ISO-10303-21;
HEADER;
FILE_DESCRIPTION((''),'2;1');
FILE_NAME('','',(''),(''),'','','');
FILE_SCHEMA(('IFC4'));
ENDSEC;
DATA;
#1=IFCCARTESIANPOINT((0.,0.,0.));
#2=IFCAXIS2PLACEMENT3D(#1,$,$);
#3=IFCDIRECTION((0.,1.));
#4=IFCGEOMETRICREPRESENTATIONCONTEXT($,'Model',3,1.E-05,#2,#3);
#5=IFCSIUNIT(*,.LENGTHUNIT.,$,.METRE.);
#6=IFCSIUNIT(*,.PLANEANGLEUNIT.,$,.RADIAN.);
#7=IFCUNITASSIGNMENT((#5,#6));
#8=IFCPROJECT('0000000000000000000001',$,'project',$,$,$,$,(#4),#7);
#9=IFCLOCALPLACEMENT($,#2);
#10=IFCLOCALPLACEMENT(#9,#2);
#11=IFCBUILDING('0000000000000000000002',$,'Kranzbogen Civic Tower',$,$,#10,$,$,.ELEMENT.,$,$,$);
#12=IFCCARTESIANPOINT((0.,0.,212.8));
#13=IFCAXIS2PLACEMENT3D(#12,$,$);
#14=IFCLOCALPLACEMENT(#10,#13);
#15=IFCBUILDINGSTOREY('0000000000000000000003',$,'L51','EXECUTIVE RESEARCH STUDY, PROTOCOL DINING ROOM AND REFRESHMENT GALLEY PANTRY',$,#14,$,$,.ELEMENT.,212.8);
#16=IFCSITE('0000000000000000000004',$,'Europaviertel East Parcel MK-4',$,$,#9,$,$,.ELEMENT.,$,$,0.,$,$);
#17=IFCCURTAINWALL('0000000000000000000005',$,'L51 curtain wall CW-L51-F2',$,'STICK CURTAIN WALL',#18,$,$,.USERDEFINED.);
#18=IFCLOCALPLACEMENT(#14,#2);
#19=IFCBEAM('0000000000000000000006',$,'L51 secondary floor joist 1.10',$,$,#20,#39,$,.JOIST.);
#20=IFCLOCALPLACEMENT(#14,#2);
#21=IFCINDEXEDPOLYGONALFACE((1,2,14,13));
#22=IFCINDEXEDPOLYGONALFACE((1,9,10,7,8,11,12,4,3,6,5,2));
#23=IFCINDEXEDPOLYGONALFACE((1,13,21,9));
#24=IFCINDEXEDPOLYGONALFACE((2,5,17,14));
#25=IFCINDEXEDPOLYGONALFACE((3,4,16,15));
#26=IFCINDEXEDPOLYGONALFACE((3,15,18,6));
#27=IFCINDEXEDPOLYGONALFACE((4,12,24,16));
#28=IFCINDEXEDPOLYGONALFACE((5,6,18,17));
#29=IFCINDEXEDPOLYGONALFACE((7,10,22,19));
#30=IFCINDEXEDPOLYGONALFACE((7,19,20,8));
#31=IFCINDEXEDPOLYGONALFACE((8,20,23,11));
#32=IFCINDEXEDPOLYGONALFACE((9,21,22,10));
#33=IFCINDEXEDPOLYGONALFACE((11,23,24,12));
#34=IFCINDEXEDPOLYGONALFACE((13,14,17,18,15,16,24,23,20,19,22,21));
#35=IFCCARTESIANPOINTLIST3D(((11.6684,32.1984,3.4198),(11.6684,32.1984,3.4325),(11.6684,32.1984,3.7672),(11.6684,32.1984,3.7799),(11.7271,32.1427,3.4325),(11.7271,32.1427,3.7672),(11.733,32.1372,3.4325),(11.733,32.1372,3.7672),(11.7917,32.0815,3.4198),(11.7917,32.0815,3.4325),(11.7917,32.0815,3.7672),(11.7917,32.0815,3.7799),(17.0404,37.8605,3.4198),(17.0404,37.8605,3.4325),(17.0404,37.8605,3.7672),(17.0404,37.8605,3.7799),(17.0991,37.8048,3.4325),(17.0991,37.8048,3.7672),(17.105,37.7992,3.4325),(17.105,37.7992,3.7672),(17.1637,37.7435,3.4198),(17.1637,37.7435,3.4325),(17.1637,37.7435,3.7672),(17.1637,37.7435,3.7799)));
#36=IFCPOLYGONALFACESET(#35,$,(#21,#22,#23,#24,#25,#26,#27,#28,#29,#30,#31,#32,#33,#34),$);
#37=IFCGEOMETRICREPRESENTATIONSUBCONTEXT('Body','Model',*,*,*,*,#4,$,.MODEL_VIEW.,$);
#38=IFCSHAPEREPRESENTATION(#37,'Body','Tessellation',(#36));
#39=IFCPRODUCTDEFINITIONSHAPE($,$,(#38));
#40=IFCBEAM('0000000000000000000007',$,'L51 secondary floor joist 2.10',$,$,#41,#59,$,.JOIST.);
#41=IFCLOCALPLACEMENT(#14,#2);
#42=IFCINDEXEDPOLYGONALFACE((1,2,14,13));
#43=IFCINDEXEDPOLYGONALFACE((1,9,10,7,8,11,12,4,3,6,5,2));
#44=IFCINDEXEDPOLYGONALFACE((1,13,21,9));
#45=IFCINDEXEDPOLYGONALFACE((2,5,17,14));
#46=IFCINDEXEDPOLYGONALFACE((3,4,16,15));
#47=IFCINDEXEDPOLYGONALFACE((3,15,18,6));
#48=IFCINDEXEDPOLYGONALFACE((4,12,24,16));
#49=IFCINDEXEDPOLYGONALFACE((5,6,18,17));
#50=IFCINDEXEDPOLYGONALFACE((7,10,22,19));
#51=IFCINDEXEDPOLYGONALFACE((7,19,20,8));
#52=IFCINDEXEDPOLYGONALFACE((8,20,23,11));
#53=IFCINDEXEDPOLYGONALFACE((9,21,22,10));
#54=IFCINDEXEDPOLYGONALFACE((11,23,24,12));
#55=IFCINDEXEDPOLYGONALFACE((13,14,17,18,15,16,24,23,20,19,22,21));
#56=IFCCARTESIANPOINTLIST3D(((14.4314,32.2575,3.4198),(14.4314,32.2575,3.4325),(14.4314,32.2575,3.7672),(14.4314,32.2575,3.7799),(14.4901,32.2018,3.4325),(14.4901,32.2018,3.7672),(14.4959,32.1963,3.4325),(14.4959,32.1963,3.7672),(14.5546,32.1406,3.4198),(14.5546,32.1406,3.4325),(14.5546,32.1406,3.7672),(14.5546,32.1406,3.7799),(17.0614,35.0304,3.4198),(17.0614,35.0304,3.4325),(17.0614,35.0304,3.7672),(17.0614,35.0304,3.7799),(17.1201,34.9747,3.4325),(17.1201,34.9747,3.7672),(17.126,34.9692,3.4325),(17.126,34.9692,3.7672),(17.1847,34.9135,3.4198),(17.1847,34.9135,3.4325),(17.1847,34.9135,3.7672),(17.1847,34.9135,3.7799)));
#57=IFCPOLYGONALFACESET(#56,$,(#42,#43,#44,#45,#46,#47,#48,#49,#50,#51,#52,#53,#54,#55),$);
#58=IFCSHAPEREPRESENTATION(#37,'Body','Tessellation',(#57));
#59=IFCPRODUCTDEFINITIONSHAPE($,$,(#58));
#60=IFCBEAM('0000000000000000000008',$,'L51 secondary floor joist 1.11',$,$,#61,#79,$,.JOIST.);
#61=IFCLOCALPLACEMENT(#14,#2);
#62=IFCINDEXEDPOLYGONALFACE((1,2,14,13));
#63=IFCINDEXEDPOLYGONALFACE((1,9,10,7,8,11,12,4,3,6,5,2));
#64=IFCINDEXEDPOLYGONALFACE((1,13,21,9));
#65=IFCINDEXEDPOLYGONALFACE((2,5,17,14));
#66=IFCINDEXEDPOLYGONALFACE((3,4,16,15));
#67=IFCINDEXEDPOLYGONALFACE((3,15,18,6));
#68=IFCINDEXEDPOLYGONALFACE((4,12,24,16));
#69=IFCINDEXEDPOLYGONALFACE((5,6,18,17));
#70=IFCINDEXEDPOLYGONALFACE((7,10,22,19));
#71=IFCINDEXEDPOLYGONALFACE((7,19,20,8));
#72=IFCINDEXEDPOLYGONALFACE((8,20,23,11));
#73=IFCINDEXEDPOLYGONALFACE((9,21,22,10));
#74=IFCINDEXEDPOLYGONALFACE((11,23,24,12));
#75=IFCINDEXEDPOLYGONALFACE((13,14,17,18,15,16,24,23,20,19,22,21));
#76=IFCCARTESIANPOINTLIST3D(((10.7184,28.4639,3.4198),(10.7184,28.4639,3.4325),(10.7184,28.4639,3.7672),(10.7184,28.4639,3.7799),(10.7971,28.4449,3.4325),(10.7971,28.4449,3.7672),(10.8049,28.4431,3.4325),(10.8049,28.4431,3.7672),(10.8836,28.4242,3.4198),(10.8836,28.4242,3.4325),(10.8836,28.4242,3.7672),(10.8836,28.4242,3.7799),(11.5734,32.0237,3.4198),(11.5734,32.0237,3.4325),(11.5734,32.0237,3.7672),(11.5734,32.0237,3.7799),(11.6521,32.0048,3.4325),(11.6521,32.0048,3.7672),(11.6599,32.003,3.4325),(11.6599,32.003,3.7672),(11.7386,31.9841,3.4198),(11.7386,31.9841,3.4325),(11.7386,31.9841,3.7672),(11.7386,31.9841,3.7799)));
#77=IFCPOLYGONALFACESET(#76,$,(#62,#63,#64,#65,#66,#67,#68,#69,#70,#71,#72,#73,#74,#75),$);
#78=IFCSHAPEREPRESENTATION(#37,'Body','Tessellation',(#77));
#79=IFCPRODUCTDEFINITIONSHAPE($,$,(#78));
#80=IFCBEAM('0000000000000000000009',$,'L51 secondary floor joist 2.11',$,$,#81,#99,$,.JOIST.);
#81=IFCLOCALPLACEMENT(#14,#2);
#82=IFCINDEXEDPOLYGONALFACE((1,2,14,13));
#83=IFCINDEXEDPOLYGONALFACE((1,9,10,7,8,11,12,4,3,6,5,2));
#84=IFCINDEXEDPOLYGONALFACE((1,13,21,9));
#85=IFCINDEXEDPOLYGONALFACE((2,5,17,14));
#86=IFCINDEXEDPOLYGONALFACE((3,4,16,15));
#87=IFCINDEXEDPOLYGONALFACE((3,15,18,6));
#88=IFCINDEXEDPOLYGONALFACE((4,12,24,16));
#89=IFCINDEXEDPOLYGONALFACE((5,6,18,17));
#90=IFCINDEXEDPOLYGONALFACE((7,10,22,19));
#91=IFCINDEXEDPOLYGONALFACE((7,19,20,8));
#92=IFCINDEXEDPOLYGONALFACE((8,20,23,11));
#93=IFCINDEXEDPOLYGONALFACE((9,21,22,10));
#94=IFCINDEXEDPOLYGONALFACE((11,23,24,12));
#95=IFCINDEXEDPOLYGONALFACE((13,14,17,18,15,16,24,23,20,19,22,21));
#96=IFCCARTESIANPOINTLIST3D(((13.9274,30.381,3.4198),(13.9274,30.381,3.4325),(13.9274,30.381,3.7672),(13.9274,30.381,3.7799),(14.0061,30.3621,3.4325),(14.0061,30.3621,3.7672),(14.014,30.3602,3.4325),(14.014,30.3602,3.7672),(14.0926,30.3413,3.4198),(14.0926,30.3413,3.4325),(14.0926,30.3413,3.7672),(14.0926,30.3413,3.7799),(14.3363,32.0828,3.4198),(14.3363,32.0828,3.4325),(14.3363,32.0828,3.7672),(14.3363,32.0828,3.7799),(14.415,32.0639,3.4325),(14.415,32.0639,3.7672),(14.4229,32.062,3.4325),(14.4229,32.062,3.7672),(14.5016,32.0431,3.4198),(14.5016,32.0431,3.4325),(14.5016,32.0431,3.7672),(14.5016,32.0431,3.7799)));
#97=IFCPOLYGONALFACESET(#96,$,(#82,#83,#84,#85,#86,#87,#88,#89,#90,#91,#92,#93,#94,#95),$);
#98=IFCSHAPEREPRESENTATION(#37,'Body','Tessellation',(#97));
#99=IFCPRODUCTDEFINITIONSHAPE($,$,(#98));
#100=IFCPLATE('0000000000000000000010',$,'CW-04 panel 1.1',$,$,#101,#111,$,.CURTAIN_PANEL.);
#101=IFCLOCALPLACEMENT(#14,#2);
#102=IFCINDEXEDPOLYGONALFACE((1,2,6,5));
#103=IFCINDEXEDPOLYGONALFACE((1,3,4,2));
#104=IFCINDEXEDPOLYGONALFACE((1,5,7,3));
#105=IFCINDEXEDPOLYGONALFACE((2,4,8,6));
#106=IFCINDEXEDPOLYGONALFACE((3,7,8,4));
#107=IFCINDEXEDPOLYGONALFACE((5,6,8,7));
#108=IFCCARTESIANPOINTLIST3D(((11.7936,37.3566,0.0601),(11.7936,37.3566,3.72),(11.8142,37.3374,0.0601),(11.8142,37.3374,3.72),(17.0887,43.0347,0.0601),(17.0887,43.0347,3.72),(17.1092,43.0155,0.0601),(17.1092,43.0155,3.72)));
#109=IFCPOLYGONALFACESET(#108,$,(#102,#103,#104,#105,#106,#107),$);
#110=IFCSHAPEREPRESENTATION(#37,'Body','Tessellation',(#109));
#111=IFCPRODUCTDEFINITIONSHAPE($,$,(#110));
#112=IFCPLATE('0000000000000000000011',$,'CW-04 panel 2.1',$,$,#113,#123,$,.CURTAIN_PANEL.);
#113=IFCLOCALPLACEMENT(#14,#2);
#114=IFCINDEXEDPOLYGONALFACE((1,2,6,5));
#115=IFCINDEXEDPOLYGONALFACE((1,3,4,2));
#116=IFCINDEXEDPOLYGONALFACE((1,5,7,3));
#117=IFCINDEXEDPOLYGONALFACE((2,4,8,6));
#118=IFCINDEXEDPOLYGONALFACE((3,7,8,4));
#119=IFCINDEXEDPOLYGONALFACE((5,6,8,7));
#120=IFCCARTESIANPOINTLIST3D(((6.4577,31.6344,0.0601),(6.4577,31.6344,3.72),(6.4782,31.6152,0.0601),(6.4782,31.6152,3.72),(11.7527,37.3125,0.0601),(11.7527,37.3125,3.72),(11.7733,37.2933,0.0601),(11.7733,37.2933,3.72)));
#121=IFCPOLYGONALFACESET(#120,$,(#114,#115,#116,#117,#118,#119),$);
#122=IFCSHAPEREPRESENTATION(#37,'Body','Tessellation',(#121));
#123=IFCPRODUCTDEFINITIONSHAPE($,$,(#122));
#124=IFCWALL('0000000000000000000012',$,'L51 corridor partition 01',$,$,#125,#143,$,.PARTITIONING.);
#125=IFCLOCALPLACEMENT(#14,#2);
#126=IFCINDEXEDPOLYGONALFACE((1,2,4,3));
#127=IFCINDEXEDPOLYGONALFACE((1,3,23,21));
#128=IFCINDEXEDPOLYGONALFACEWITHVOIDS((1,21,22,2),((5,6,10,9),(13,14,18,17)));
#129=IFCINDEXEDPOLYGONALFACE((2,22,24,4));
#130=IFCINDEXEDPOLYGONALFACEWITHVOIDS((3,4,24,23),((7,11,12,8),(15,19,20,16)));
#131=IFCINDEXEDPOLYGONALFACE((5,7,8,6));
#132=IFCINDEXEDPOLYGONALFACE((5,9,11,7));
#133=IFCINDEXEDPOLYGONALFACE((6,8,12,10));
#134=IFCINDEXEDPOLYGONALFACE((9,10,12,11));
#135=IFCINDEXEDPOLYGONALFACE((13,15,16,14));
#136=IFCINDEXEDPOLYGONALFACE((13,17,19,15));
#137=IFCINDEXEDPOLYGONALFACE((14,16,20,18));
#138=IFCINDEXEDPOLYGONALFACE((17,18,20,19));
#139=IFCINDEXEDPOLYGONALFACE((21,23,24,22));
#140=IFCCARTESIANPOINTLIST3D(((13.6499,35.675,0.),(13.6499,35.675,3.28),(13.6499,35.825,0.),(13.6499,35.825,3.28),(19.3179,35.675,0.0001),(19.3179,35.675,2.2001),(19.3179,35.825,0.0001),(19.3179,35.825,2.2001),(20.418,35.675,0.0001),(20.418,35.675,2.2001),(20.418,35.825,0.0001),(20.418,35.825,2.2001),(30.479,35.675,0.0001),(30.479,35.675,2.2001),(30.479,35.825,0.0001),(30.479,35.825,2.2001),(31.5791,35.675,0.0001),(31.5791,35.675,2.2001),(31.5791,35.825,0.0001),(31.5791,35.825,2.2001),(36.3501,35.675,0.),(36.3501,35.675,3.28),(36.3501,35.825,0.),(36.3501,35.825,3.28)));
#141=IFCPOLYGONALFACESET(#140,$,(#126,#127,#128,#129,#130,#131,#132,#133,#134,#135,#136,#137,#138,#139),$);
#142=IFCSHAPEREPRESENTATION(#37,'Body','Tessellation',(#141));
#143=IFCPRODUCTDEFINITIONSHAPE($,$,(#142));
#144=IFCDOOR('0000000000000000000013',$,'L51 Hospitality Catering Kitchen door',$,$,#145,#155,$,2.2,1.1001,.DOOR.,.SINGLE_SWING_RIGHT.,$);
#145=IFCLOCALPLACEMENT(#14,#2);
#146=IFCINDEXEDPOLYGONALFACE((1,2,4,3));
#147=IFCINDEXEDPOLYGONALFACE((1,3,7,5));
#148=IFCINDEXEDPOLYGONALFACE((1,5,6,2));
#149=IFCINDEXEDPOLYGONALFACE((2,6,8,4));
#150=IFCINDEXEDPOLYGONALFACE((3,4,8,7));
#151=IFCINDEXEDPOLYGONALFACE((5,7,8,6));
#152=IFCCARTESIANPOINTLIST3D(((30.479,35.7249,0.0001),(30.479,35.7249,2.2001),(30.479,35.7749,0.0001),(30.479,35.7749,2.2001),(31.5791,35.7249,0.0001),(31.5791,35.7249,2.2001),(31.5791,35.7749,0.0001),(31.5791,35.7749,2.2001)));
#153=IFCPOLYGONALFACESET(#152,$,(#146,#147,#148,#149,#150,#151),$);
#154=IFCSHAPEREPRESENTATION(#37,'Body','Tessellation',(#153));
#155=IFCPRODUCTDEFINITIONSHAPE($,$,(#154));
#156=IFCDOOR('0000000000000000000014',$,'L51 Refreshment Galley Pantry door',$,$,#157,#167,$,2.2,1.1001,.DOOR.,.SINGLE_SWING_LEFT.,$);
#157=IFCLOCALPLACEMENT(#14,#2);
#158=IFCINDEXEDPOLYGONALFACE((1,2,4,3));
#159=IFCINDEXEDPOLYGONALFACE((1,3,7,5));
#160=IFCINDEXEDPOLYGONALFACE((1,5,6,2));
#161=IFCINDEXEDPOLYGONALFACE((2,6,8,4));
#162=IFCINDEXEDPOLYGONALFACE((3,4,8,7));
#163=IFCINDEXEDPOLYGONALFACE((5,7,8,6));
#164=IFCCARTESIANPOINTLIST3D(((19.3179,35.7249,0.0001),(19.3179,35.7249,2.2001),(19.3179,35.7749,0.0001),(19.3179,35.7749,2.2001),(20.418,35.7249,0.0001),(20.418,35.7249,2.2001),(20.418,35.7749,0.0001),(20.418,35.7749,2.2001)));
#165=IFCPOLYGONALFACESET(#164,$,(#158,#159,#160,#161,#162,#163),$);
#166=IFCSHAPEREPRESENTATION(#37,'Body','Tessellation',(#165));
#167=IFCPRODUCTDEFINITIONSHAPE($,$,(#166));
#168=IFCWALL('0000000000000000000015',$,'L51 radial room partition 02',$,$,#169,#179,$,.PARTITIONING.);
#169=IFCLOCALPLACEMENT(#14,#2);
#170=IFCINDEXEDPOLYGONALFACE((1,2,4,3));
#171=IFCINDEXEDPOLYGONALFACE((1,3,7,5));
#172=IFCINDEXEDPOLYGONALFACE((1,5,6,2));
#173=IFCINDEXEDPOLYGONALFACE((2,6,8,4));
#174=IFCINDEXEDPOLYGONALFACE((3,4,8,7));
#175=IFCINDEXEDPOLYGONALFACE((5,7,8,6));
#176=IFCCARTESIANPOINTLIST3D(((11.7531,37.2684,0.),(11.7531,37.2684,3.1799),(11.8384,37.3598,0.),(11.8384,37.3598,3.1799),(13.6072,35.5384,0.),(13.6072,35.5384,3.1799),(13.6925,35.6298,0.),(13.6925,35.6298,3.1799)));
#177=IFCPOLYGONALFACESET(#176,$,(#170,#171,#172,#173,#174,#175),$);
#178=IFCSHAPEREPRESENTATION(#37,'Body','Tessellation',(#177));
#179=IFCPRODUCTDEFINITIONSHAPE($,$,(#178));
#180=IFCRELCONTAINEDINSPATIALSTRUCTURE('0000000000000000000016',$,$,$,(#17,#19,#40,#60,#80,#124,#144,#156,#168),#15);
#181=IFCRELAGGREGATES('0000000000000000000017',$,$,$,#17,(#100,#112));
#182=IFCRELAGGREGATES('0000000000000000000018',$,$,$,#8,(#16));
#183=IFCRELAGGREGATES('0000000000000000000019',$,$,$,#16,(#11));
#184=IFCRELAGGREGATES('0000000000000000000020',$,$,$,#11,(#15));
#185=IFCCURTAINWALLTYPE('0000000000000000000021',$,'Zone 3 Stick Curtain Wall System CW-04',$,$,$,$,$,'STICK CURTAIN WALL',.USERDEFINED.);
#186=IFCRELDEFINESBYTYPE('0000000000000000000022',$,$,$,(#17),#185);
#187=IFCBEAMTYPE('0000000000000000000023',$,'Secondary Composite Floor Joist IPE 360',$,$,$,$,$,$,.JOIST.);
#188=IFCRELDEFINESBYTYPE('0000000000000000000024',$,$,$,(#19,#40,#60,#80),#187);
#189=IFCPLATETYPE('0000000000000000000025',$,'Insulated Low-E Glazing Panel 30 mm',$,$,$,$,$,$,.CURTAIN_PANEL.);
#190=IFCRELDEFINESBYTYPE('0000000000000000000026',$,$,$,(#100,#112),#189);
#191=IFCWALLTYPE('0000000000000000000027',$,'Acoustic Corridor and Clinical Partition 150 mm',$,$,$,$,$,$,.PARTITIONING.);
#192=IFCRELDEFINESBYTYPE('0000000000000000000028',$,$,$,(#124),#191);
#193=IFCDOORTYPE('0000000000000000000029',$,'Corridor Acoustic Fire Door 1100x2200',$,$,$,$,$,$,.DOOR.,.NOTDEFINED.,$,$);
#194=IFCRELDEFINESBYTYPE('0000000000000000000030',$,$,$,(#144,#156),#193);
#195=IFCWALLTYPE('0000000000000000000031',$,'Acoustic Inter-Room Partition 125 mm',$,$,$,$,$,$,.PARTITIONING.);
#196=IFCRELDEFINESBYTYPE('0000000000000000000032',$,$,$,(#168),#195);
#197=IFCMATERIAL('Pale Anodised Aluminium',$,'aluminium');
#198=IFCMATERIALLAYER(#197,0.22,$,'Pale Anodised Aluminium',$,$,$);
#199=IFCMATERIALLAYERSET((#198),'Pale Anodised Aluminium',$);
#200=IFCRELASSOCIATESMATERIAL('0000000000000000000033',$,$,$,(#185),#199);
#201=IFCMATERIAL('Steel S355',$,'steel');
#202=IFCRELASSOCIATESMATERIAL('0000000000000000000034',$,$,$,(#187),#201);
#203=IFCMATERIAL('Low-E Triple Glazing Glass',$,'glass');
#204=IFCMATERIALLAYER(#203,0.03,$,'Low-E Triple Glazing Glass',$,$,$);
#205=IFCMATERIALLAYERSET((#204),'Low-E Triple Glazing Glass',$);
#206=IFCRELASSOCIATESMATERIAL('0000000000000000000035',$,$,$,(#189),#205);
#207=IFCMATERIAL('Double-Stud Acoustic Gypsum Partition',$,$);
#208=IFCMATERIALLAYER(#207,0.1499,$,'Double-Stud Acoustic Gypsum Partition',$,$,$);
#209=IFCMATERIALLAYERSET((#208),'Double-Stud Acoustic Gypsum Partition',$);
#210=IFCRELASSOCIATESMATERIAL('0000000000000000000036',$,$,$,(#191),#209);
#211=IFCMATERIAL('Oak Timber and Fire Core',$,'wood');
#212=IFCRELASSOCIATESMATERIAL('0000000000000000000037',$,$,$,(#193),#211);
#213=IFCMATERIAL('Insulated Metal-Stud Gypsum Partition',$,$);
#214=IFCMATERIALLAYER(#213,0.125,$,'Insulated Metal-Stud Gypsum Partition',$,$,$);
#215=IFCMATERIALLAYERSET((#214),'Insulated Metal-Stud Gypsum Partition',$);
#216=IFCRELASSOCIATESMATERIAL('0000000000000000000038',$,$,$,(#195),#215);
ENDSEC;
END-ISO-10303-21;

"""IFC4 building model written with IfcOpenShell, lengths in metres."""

from ifc_helpers import new_model, si_unit, direction, frame, frame_2d, origin, origin_2d, place, context, subcontext, project, spatial, rectangle, i_section, extrude, material, layer, layer_set, material_profile, profile_set, type_object, element, fill, aggregate, save


model = new_model("IFC4")

# Units and contexts
model_context = context("Model", 3, precision=1e-05, world=origin(), true_north=direction((0.0, 1.0)))
body_context = subcontext(model_context, "Body", "Model", "MODEL_VIEW")
ifc_project = project(units=[si_unit("LENGTHUNIT", "METRE"), si_unit("PLANEANGLEUNIT", "RADIAN")], contexts=[model_context])

# Site, building, storey
site_placement = place(None, origin())
site = spatial("IfcSite", under=ifc_project, at=site_placement, Name="Europaviertel East Parcel MK-4", CompositionType="ELEMENT", RefElevation=0.0)
building_placement = place(site_placement, origin())
building = spatial("IfcBuilding", under=site, at=building_placement, Name="Kranzbogen Civic Tower", CompositionType="ELEMENT")
storey_placement = place(building_placement, frame((0.0, 0.0, 212.8)))
storey = spatial("IfcBuildingStorey", under=building, at=storey_placement, Name="L51", Description="EXECUTIVE RESEARCH STUDY, PROTOCOL DINING ROOM AND REFRESHMENT GALLEY PANTRY", CompositionType="ELEMENT", Elevation=212.8)

# Shared definitions
ifc_material_1 = material(Name="Steel S355", Category="steel")

# Shared definitions
ifc_material_2 = material(Name="Pale Anodised Aluminium", Category="aluminium")
ifc_layer_1 = layer(ifc_material_2, 0.22, Name="Pale Anodised Aluminium")
ifc_layer_set_1 = layer_set([ifc_layer_1], Name="Pale Anodised Aluminium")
curtain_wall_type = type_object("IfcCurtainWallType", Name="Zone 3 Stick Curtain Wall System CW-04", ElementType="STICK CURTAIN WALL", PredefinedType="USERDEFINED", material=ifc_layer_set_1)

# Curtain wall
curtain_wall_1_placement = place(storey_placement, origin())
curtain_wall_1 = element("IfcCurtainWall", 1, at=curtain_wall_1_placement, inside=storey, type_object=curtain_wall_type, Name="L51 curtain wall CW-L51-F2", ObjectType="STICK CURTAIN WALL", PredefinedType="USERDEFINED")

# Beams
ifc_material_profile_1 = material_profile(ifc_material_1, i_section(OverallWidth=0.1699, OverallDepth=0.3601, WebThickness=0.0081, FlangeThickness=0.0127, at=origin_2d()), Name="IPE 360")
ifc_profile_set_1 = profile_set([ifc_material_profile_1], Name="Steel S355")
beam_type_1 = type_object("IfcBeamType", Name="Secondary Composite Floor Joist IPE 360", PredefinedType="JOIST", material=ifc_profile_set_1)
beam_1_placement = place(storey_placement, frame((17.1021, 37.802, 3.5999), z_axis=(-0.688282, -0.725443, 0.0), x_axis=(0.725443, -0.688282, 0.0)))
element("IfcBeam", 2, at=beam_1_placement, inside=storey, type_object=beam_type_1, Name="L51 secondary floor joist 1.10", PredefinedType="JOIST", context=body_context, shape_type="SweptSolid", body=[
    extrude(i_section(OverallWidth=0.1699, OverallDepth=0.3601, WebThickness=0.0081, FlangeThickness=0.0127, at=origin_2d()), origin(), (0.0, 0.0, 1.0), 7.8049),
])
beam_2_placement = place(storey_placement, frame((17.123, 34.9719, 3.5999), z_axis=(-0.688175, -0.725545, 0.0), x_axis=(0.725545, -0.688175, 0.0)))
element("IfcBeam", 3, at=beam_2_placement, inside=storey, type_object=beam_type_1, Name="L51 secondary floor joist 2.10", PredefinedType="JOIST", context=body_context, shape_type="SweptSolid", body=[
    extrude(i_section(OverallWidth=0.1699, OverallDepth=0.3601, WebThickness=0.0081, FlangeThickness=0.0127, at=origin_2d()), origin(), (0.0, 0.0, 1.0), 3.8218),
])
beam_3_placement = place(storey_placement, frame((11.656, 32.0039, 3.5999), z_axis=(-0.233534, -0.972349, 0.0), x_axis=(0.972349, -0.233534, 0.0)))
element("IfcBeam", 4, at=beam_3_placement, inside=storey, type_object=beam_type_1, Name="L51 secondary floor joist 1.11", PredefinedType="JOIST", context=body_context, shape_type="SweptSolid", body=[
    extrude(i_section(OverallWidth=0.1699, OverallDepth=0.3601, WebThickness=0.0081, FlangeThickness=0.0127, at=origin_2d()), origin(), (0.0, 0.0, 1.0), 3.6611),
])
beam_4_placement = place(storey_placement, frame((14.4189, 32.063, 3.5999), z_axis=(-0.233631, -0.972325, 0.0), x_axis=(0.972325, -0.233631, 0.0)))
element("IfcBeam", 5, at=beam_4_placement, inside=storey, type_object=beam_type_1, Name="L51 secondary floor joist 2.11", PredefinedType="JOIST", context=body_context, shape_type="SweptSolid", body=[
    extrude(i_section(OverallWidth=0.1699, OverallDepth=0.3601, WebThickness=0.0081, FlangeThickness=0.0127, at=origin_2d()), origin(), (0.0, 0.0, 1.0), 1.7502),
])

# Plates
ifc_material_3 = material(Name="Low-E Triple Glazing Glass", Category="glass")
ifc_layer_2 = layer(ifc_material_3, 0.03, Name="Low-E Triple Glazing Glass")
ifc_layer_set_2 = layer_set([ifc_layer_2], Name="Low-E Triple Glazing Glass")
plate_type = type_object("IfcPlateType", Name="Insulated Low-E Glazing Panel 30 mm", PredefinedType="CURTAIN_PANEL", material=ifc_layer_set_2)
plate_1_placement = place(storey_placement, frame((14.4514, 40.186, 0.0601), z_axis=(0.0, 0.0, 1.0), x_axis=(-0.682007, -0.731345, 0.0)))
plate_1 = element("IfcPlate", 6, at=plate_1_placement, type_object=plate_type, Name="CW-04 panel 1.1", PredefinedType="CURTAIN_PANEL", context=body_context, shape_type="SweptSolid", body=[
    extrude(rectangle(XDim=7.7639, YDim=0.0281, at=origin_2d()), origin(), (0.0, 0.0, 1.0), 3.6599),
])
plate_2_placement = place(storey_placement, frame((9.1155, 34.4639, 0.0601), z_axis=(0.0, 0.0, 1.0), x_axis=(-0.682007, -0.731345, 0.0)))
plate_2 = element("IfcPlate", 7, at=plate_2_placement, type_object=plate_type, Name="CW-04 panel 2.1", PredefinedType="CURTAIN_PANEL", context=body_context, shape_type="SweptSolid", body=[
    extrude(rectangle(XDim=7.7639, YDim=0.0281, at=origin_2d()), origin(), (0.0, 0.0, 1.0), 3.6599),
])
aggregate(curtain_wall_1, [plate_1, plate_2])

# Wall, openings, doors
ifc_material_4 = material(Name="Double-Stud Acoustic Gypsum Partition")
ifc_layer_3 = layer(ifc_material_4, 0.1499, Name="Double-Stud Acoustic Gypsum Partition")
ifc_layer_set_3 = layer_set([ifc_layer_3], Name="Double-Stud Acoustic Gypsum Partition")
wall_type_1 = type_object("IfcWallType", Name="Acoustic Corridor and Clinical Partition 150 mm", PredefinedType="PARTITIONING", material=ifc_layer_set_3)
wall_1_placement = place(storey_placement, frame((13.6499, 35.75, 0.0), z_axis=(0.0, 0.0, 1.0), x_axis=(1.0, 0.0, 0.0)))
wall_1 = element("IfcWall", 8, at=wall_1_placement, inside=storey, type_object=wall_type_1, Name="L51 corridor partition 01", PredefinedType="PARTITIONING", context=body_context, shape_type="SweptSolid", body=[
    extrude(rectangle(XDim=22.7002, YDim=0.1499, at=frame_2d((11.3501, 0.0))), origin(), (0.0, 0.0, 1.0), 3.28),
])
opening_1_placement = place(wall_1_placement, frame((16.8291, 0.0, 0.0)))
opening_1 = element("IfcOpeningElement", 9, at=opening_1_placement, cuts=wall_1, PredefinedType="OPENING", context=body_context, shape_type="SweptSolid", body=[
    extrude(rectangle(XDim=1.1001, YDim=2.2, at=frame_2d((0.55, 1.1001))), frame((0.0, 0.085, 0.0), z_axis=(0.0, -1.0, 0.0), x_axis=(1.0, 0.0, 0.0)), (0.0, 0.0, 1.0), 0.1699),
])
opening_2_placement = place(wall_1_placement, frame((5.668, 0.0, 0.0)))
opening_2 = element("IfcOpeningElement", 10, at=opening_2_placement, cuts=wall_1, PredefinedType="OPENING", context=body_context, shape_type="SweptSolid", body=[
    extrude(rectangle(XDim=1.1001, YDim=2.2, at=frame_2d((0.55, 1.1001))), frame((0.0, 0.085, 0.0), z_axis=(0.0, -1.0, 0.0), x_axis=(1.0, 0.0, 0.0)), (0.0, 0.0, 1.0), 0.1699),
])
ifc_material_5 = material(Name="Oak Timber and Fire Core", Category="wood")
door_type = type_object("IfcDoorType", Name="Corridor Acoustic Fire Door 1100x2200", OperationType="NOTDEFINED", PredefinedType="DOOR", material=ifc_material_5)
door_1_placement = place(opening_1_placement, origin())
door_1 = element("IfcDoor", 11, at=door_1_placement, inside=storey, type_object=door_type, Name="L51 Hospitality Catering Kitchen door", OperationType="SINGLE_SWING_RIGHT", OverallHeight=2.2, OverallWidth=1.1001, PredefinedType="DOOR", context=body_context, shape_type="SweptSolid", body=[
    extrude(rectangle(XDim=1.1001, YDim=2.2, at=frame_2d((0.55, 1.1001))), frame((0.0, 0.0249, 0.0), z_axis=(0.0, -1.0, 0.0), x_axis=(1.0, 0.0, 0.0)), (0.0, 0.0, 1.0), 0.05),
])
fill(opening_1, door_1)
door_2_placement = place(opening_2_placement, origin())
door_2 = element("IfcDoor", 12, at=door_2_placement, inside=storey, type_object=door_type, Name="L51 Refreshment Galley Pantry door", OperationType="SINGLE_SWING_LEFT", OverallHeight=2.2, OverallWidth=1.1001, PredefinedType="DOOR", context=body_context, shape_type="SweptSolid", body=[
    extrude(rectangle(XDim=1.1001, YDim=2.2, at=frame_2d((0.55, 1.1001))), frame((0.0, 0.0249, 0.0), z_axis=(0.0, -1.0, 0.0), x_axis=(1.0, 0.0, 0.0)), (0.0, 0.0, 1.0), 0.05),
])
fill(opening_2, door_2)

# Wall
ifc_material_6 = material(Name="Insulated Metal-Stud Gypsum Partition")
ifc_layer_4 = layer(ifc_material_6, 0.125, Name="Insulated Metal-Stud Gypsum Partition")
ifc_layer_set_4 = layer_set([ifc_layer_4], Name="Insulated Metal-Stud Gypsum Partition")
wall_type_2 = type_object("IfcWallType", Name="Acoustic Inter-Room Partition 125 mm", PredefinedType="PARTITIONING", material=ifc_layer_set_4)
wall_2_placement = place(storey_placement, frame((13.6499, 35.584, 0.0), z_axis=(0.0, 0.0, 1.0), x_axis=(-0.731139, 0.682229, 0.0)))
element("IfcWall", 13, at=wall_2_placement, inside=storey, type_object=wall_type_2, Name="L51 radial room partition 02", PredefinedType="PARTITIONING", context=body_context, shape_type="SweptSolid", body=[
    extrude(rectangle(XDim=2.5359, YDim=0.125, at=frame_2d((1.2681, 0.0))), origin(), (0.0, 0.0, 1.0), 3.1799),
])

save(model, "model.ifc")
